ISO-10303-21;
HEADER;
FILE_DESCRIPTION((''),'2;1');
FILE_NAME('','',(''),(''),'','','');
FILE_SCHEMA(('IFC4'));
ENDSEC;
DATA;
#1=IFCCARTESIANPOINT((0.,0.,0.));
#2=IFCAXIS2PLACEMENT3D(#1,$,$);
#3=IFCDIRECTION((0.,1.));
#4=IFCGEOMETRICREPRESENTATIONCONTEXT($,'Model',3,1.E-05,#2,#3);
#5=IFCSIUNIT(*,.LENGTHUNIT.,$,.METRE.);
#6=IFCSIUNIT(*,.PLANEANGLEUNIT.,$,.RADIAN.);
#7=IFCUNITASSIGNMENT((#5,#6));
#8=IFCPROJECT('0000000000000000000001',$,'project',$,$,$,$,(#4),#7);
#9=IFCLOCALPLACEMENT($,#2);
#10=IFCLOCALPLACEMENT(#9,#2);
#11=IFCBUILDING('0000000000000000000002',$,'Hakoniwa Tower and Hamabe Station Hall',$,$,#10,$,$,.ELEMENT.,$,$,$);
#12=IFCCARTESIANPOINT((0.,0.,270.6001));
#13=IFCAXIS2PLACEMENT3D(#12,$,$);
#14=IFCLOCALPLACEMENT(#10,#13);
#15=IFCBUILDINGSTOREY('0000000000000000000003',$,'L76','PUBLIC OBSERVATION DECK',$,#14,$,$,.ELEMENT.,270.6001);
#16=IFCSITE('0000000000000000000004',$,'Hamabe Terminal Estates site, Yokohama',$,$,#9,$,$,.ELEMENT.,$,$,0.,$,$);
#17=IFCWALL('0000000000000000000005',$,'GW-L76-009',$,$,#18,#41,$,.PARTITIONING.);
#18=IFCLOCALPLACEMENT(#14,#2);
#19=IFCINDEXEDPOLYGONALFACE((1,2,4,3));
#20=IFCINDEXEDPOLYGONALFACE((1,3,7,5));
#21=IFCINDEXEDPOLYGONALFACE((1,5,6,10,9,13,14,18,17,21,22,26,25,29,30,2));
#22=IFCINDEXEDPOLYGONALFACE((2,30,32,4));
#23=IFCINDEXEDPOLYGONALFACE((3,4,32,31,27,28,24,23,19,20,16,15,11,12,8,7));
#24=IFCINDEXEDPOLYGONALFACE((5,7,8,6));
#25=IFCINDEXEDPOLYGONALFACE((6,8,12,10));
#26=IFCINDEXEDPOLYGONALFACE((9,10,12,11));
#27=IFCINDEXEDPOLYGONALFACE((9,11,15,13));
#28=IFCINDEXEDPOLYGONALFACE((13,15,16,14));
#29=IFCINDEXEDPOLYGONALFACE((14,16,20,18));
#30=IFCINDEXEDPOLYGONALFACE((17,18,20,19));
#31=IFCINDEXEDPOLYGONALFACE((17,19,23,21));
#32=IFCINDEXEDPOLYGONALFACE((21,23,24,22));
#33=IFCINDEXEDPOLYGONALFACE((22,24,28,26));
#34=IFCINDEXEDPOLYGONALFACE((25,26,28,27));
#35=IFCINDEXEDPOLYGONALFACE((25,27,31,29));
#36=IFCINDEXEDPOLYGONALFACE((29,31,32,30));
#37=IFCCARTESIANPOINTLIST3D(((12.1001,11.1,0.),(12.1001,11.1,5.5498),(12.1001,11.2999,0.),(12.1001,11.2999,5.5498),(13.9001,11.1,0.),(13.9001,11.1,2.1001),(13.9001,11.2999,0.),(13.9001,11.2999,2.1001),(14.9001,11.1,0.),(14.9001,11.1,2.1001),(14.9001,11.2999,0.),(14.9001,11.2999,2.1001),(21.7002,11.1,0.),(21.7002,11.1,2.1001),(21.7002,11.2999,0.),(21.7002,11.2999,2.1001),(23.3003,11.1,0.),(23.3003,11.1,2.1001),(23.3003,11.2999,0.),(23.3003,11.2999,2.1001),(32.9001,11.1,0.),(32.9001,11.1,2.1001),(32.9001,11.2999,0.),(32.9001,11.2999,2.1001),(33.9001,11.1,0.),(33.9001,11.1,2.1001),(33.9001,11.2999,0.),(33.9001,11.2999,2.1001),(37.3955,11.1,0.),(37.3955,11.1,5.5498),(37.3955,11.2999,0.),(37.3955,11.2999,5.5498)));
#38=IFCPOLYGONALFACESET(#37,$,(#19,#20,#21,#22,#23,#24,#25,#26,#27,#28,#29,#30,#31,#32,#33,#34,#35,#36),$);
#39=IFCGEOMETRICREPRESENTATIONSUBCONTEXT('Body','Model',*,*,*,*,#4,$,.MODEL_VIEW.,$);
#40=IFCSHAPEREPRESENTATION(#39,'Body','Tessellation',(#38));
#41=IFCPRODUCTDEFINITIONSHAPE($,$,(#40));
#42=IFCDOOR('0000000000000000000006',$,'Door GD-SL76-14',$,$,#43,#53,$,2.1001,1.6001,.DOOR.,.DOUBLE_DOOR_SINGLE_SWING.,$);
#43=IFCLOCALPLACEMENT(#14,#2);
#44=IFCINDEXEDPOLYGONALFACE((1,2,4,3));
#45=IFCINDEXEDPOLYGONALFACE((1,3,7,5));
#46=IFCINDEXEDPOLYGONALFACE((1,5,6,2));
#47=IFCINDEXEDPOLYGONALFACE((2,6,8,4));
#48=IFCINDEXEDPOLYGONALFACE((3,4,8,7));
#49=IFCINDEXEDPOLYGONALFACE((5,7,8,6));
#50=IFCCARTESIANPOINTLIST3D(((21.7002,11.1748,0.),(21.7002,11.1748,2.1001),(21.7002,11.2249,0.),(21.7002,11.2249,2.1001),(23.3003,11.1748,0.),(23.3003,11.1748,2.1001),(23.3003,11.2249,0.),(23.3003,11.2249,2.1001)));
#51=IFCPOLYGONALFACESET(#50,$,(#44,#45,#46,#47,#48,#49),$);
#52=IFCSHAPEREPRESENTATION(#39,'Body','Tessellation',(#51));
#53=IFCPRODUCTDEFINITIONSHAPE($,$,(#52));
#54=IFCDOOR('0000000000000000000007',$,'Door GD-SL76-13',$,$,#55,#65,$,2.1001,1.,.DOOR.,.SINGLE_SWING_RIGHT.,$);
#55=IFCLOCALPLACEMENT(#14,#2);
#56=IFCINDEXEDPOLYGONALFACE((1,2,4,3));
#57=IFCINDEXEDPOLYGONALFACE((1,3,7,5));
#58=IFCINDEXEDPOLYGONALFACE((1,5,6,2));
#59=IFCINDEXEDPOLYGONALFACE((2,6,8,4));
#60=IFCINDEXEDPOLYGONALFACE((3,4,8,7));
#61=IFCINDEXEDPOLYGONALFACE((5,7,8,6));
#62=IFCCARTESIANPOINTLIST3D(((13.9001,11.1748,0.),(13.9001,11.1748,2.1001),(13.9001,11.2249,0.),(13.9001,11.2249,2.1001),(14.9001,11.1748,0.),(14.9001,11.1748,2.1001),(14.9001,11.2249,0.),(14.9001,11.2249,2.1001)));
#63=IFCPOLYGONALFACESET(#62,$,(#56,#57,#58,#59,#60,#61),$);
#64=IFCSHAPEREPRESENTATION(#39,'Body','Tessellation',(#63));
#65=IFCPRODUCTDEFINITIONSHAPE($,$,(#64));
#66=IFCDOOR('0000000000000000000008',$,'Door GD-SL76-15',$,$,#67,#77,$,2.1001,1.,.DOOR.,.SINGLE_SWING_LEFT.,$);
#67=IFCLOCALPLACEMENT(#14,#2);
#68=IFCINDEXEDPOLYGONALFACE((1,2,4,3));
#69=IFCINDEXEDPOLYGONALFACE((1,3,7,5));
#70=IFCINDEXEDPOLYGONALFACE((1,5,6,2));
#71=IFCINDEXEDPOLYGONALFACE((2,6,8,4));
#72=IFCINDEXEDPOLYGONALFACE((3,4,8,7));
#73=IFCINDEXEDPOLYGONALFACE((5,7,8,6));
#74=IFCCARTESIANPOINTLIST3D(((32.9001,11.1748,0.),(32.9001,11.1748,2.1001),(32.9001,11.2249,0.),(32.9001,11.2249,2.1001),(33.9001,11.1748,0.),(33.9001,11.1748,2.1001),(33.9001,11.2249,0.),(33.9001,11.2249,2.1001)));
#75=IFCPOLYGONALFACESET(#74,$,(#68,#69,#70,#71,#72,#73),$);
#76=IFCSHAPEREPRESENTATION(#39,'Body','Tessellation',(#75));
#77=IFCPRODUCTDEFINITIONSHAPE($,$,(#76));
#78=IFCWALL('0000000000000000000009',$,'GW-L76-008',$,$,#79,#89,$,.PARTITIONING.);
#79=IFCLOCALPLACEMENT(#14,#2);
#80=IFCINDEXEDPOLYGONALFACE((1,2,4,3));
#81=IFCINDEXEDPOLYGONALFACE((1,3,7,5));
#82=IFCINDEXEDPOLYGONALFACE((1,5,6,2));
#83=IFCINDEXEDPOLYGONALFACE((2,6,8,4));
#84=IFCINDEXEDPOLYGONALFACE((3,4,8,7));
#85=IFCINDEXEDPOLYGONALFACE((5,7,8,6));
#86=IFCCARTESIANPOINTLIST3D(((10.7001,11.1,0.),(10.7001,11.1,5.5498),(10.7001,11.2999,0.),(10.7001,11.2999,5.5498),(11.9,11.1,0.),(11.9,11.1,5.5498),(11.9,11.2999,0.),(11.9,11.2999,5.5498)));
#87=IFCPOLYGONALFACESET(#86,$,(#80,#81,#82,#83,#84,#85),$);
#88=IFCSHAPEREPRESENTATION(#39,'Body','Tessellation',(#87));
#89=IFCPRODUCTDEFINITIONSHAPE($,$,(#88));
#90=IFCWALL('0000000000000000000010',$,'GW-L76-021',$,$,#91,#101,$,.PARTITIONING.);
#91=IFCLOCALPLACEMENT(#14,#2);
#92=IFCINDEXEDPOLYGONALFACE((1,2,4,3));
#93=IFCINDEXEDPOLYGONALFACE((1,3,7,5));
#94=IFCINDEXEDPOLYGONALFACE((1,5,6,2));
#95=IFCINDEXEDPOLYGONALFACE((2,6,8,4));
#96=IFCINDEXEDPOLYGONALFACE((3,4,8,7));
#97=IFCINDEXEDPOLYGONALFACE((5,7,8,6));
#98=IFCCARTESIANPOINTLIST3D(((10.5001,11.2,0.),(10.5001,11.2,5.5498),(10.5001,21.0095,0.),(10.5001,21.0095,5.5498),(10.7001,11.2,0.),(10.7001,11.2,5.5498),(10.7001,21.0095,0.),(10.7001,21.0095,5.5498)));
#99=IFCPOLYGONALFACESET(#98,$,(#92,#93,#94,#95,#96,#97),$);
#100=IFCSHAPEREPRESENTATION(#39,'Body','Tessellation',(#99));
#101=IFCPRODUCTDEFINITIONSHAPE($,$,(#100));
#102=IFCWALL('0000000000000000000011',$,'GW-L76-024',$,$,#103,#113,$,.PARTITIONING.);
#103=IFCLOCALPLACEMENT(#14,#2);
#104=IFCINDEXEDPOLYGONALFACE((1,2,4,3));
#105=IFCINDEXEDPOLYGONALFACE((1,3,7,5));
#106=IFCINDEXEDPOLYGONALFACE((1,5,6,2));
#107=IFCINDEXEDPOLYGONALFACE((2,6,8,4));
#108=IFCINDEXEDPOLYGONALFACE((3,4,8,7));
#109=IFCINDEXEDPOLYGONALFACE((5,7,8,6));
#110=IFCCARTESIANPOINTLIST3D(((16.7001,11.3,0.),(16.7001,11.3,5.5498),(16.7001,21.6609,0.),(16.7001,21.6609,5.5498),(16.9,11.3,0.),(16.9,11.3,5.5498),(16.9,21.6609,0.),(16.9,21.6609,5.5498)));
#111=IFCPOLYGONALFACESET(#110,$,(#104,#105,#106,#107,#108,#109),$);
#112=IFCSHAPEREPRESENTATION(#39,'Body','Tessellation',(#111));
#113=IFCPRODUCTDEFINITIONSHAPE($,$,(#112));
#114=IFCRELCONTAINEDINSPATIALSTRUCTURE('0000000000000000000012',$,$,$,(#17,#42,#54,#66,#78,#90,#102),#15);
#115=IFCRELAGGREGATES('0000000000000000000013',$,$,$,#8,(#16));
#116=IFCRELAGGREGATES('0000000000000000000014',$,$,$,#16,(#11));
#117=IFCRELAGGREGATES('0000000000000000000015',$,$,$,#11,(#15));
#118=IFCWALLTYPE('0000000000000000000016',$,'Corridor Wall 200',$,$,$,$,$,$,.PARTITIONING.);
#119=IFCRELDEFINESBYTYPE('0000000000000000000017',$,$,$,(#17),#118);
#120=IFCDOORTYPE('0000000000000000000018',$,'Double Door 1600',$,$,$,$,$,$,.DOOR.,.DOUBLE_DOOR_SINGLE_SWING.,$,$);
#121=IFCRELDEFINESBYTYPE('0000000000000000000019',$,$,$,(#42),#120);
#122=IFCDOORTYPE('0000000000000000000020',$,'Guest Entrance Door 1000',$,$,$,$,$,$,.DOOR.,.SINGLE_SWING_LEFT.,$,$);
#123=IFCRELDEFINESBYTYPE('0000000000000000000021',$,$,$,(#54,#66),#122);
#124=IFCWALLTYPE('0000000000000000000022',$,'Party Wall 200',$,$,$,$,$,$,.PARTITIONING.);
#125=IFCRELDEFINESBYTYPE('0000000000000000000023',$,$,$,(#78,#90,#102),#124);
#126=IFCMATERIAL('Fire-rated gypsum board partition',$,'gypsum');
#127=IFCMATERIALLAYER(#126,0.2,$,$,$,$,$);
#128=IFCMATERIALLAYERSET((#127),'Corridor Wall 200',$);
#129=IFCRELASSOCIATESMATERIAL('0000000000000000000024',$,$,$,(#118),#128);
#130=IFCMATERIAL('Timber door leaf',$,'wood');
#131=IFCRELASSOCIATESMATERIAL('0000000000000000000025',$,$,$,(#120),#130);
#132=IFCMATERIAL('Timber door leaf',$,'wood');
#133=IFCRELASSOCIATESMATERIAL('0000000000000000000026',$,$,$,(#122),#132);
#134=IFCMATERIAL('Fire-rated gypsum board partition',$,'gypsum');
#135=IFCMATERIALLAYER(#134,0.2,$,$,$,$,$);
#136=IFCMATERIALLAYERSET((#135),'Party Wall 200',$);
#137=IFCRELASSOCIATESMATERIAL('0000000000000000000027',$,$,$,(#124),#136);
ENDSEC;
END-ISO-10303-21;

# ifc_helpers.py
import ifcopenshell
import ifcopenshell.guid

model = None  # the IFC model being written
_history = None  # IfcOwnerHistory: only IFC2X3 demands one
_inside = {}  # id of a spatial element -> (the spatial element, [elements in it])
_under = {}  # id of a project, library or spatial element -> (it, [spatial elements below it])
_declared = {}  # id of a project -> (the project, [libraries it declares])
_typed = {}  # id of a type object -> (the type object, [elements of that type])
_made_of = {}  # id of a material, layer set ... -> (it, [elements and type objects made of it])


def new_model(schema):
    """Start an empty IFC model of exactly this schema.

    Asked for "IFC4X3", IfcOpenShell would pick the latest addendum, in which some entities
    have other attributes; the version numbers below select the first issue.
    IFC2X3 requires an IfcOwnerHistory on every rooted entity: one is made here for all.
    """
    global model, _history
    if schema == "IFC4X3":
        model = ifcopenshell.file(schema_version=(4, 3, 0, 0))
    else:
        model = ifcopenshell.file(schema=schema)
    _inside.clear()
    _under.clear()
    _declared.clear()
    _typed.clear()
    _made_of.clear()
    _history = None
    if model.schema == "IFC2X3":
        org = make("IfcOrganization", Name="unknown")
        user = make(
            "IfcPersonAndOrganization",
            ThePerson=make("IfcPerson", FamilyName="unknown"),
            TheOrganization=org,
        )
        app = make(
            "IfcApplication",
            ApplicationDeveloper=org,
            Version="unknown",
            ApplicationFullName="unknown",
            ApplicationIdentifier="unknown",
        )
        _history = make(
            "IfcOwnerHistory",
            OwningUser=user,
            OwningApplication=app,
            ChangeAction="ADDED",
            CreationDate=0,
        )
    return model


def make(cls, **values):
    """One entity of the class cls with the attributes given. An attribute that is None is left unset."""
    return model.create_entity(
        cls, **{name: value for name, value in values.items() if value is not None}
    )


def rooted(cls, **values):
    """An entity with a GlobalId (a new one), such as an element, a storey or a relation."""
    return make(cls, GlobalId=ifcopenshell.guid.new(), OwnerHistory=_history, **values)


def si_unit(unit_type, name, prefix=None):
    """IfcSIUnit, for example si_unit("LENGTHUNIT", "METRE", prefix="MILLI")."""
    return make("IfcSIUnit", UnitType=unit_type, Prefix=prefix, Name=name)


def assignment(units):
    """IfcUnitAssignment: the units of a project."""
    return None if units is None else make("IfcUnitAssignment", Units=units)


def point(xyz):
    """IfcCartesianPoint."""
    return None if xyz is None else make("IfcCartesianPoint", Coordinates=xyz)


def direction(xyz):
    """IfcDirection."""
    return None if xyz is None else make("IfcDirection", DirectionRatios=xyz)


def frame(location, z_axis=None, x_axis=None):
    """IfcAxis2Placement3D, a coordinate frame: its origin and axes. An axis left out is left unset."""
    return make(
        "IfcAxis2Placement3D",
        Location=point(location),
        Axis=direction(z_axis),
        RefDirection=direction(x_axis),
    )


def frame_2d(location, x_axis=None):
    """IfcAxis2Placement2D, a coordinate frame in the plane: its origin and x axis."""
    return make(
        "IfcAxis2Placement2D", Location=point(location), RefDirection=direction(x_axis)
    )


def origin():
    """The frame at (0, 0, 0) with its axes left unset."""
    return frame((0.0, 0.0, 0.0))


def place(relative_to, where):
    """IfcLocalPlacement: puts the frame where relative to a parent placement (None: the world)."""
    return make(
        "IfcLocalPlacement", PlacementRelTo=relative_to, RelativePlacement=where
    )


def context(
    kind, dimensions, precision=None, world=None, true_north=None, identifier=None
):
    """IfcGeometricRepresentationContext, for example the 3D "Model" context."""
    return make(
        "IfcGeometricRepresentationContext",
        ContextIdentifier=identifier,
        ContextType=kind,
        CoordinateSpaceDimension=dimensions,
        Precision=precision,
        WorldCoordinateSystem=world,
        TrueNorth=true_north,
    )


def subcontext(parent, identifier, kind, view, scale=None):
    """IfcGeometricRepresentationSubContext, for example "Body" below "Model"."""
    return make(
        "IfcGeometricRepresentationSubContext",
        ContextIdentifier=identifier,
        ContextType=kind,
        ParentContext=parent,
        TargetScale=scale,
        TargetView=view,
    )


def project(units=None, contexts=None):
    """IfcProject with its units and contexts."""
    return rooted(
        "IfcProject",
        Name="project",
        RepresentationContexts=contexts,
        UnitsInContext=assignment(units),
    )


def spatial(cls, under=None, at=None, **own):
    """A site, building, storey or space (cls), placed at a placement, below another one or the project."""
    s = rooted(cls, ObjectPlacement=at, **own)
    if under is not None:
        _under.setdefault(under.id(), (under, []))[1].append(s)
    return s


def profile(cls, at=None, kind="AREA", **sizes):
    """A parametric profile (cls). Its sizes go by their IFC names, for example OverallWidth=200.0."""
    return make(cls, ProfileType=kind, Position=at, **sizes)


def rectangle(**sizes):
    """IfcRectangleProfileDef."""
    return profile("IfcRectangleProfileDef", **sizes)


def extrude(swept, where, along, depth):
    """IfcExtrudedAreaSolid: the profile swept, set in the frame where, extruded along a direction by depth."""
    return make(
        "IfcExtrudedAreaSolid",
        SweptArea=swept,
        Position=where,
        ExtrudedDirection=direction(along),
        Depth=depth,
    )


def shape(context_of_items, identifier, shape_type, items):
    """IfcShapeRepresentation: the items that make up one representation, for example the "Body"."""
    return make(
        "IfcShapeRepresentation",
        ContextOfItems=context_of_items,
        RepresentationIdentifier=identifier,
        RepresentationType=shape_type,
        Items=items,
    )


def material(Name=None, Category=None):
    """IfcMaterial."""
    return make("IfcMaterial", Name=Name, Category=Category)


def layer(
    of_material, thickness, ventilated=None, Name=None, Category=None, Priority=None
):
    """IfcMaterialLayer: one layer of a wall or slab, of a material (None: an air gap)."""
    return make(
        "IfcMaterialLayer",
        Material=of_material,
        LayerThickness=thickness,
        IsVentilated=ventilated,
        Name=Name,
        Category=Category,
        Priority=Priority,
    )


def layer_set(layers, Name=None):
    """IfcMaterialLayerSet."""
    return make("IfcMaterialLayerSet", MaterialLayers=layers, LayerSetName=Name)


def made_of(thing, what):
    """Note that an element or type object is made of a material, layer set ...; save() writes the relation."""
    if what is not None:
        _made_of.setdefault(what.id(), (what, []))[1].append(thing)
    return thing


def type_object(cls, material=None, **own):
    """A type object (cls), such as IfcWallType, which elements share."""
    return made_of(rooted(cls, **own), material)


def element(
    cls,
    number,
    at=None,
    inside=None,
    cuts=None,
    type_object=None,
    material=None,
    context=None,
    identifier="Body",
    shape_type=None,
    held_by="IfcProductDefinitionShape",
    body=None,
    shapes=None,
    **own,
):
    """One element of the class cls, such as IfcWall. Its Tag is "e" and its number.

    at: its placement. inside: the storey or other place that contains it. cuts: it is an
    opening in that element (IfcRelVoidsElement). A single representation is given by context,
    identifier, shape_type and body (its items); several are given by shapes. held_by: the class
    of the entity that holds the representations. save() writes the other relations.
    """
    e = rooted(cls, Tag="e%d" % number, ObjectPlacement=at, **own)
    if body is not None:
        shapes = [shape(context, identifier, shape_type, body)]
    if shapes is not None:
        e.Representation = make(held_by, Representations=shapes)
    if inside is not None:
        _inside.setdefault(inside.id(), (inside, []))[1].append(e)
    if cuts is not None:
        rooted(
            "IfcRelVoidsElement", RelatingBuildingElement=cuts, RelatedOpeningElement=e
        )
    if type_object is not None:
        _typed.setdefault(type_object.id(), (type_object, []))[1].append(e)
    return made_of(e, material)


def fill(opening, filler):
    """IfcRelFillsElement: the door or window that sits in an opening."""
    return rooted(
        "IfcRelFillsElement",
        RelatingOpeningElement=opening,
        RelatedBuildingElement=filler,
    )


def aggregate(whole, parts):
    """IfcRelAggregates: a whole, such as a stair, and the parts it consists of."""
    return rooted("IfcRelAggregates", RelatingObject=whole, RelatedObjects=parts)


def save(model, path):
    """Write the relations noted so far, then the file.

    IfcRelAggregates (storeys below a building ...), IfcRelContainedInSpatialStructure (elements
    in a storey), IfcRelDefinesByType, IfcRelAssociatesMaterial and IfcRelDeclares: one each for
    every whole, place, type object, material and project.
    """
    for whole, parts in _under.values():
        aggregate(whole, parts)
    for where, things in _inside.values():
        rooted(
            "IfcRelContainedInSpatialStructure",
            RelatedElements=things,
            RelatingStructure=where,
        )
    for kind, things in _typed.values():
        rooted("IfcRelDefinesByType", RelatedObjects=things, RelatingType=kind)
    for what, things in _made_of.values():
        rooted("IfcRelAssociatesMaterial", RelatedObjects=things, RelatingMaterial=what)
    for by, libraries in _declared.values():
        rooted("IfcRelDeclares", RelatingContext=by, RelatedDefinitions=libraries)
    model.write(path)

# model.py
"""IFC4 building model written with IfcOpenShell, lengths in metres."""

from ifc_helpers import new_model, si_unit, direction, frame, frame_2d, origin, place, context, subcontext, project, spatial, rectangle, extrude, material, layer, layer_set, type_object, element, fill, save


model = new_model("IFC4")

# Units and contexts
model_context = context("Model", 3, precision=1e-05, world=origin(), true_north=direction((0.0, 1.0)))
body_context = subcontext(model_context, "Body", "Model", "MODEL_VIEW")
ifc_project = project(units=[si_unit("LENGTHUNIT", "METRE"), si_unit("PLANEANGLEUNIT", "RADIAN")], contexts=[model_context])

# Site, building, storey
site_placement = place(None, origin())
site = spatial("IfcSite", under=ifc_project, at=site_placement, Name="Hamabe Terminal Estates site, Yokohama", CompositionType="ELEMENT", RefElevation=0.0)
building_placement = place(site_placement, origin())
building = spatial("IfcBuilding", under=site, at=building_placement, Name="Hakoniwa Tower and Hamabe Station Hall", CompositionType="ELEMENT")
storey_placement = place(building_placement, frame((0.0, 0.0, 270.6001)))
storey = spatial("IfcBuildingStorey", under=building, at=storey_placement, Name="L76", Description="PUBLIC OBSERVATION DECK", CompositionType="ELEMENT", Elevation=270.6001)

# Wall, openings, doors
ifc_material_1 = material(Name="Fire-rated gypsum board partition", Category="gypsum")
ifc_layer_1 = layer(ifc_material_1, 0.2)
ifc_layer_set_1 = layer_set([ifc_layer_1], Name="Corridor Wall 200")
wall_type_1 = type_object("IfcWallType", Name="Corridor Wall 200", PredefinedType="PARTITIONING", material=ifc_layer_set_1)
wall_1_placement = place(storey_placement, frame((12.1001, 11.2, 0.0), z_axis=(0.0, 0.0, 1.0), x_axis=(1.0, 0.0, 0.0)))
wall_1 = element("IfcWall", 1, at=wall_1_placement, inside=storey, type_object=wall_type_1, Name="GW-L76-009", PredefinedType="PARTITIONING", context=body_context, shape_type="SweptSolid", body=[
    extrude(rectangle(XDim=25.2954, YDim=0.2, at=frame_2d((12.6477, 0.0))), origin(), (0.0, 0.0, 1.0), 5.5498),
])
opening_1_placement = place(wall_1_placement, frame((1.8, 0.0, 0.0)))
opening_1 = element("IfcOpeningElement", 2, at=opening_1_placement, cuts=wall_1, PredefinedType="OPENING", context=body_context, shape_type="SweptSolid", body=[
    extrude(rectangle(XDim=1.0, YDim=2.1001, at=frame_2d((0.5, 1.05))), frame((0.0, 0.1099, 0.0), z_axis=(0.0, -1.0, 0.0), x_axis=(1.0, 0.0, 0.0)), (0.0, 0.0, 1.0), 0.22),
])
opening_2_placement = place(wall_1_placement, frame((9.6001, 0.0, 0.0)))
opening_2 = element("IfcOpeningElement", 3, at=opening_2_placement, cuts=wall_1, PredefinedType="OPENING", context=body_context, shape_type="SweptSolid", body=[
    extrude(rectangle(XDim=1.6001, YDim=2.1001, at=frame_2d((0.8, 1.05))), frame((0.0, 0.1099, 0.0), z_axis=(0.0, -1.0, 0.0), x_axis=(1.0, 0.0, 0.0)), (0.0, 0.0, 1.0), 0.22),
])
opening_3_placement = place(wall_1_placement, frame((20.8, 0.0, 0.0)))
opening_3 = element("IfcOpeningElement", 4, at=opening_3_placement, cuts=wall_1, PredefinedType="OPENING", context=body_context, shape_type="SweptSolid", body=[
    extrude(rectangle(XDim=1.0, YDim=2.1001, at=frame_2d((0.5, 1.05))), frame((0.0, 0.1099, 0.0), z_axis=(0.0, -1.0, 0.0), x_axis=(1.0, 0.0, 0.0)), (0.0, 0.0, 1.0), 0.22),
])
ifc_material_2 = material(Name="Timber door leaf", Category="wood")
door_type_1 = type_object("IfcDoorType", Name="Double Door 1600", OperationType="DOUBLE_DOOR_SINGLE_SWING", PredefinedType="DOOR", material=ifc_material_2)
door_1_placement = place(opening_2_placement, origin())
door_1 = element("IfcDoor", 5, at=door_1_placement, inside=storey, type_object=door_type_1, Name="Door GD-SL76-14", OperationType="DOUBLE_DOOR_SINGLE_SWING", OverallHeight=2.1001, OverallWidth=1.6001, PredefinedType="DOOR", context=body_context, shape_type="SweptSolid", body=[
    extrude(rectangle(XDim=1.6001, YDim=2.1001, at=frame_2d((0.8, 1.05))), frame((0.0, 0.0249, 0.0), z_axis=(0.0, -1.0, 0.0), x_axis=(1.0, 0.0, 0.0)), (0.0, 0.0, 1.0), 0.05),
])
fill(opening_2, door_1)
ifc_material_3 = material(Name="Timber door leaf", Category="wood")
door_type_2 = type_object("IfcDoorType", Name="Guest Entrance Door 1000", OperationType="SINGLE_SWING_LEFT", PredefinedType="DOOR", material=ifc_material_3)
door_2_placement = place(opening_1_placement, origin())
door_2 = element("IfcDoor", 6, at=door_2_placement, inside=storey, type_object=door_type_2, Name="Door GD-SL76-13", OperationType="SINGLE_SWING_RIGHT", OverallHeight=2.1001, OverallWidth=1.0, PredefinedType="DOOR", context=body_context, shape_type="SweptSolid", body=[
    extrude(rectangle(XDim=1.0, YDim=2.1001, at=frame_2d((0.5, 1.05))), frame((0.0, 0.0249, 0.0), z_axis=(0.0, -1.0, 0.0), x_axis=(1.0, 0.0, 0.0)), (0.0, 0.0, 1.0), 0.05),
])
fill(opening_1, door_2)
door_3_placement = place(opening_3_placement, origin())
door_3 = element("IfcDoor", 7, at=door_3_placement, inside=storey, type_object=door_type_2, Name="Door GD-SL76-15", OperationType="SINGLE_SWING_LEFT", OverallHeight=2.1001, OverallWidth=1.0, PredefinedType="DOOR", context=body_context, shape_type="SweptSolid", body=[
    extrude(rectangle(XDim=1.0, YDim=2.1001, at=frame_2d((0.5, 1.05))), frame((0.0, 0.0249, 0.0), z_axis=(0.0, -1.0, 0.0), x_axis=(1.0, 0.0, 0.0)), (0.0, 0.0, 1.0), 0.05),
])
fill(opening_3, door_3)

# Walls
ifc_material_4 = material(Name="Fire-rated gypsum board partition", Category="gypsum")
ifc_layer_2 = layer(ifc_material_4, 0.2)
ifc_layer_set_2 = layer_set([ifc_layer_2], Name="Party Wall 200")
wall_type_2 = type_object("IfcWallType", Name="Party Wall 200", PredefinedType="PARTITIONING", material=ifc_layer_set_2)
wall_2_placement = place(storey_placement, frame((10.7, 11.2, 0.0), z_axis=(0.0, 0.0, 1.0), x_axis=(1.0, 0.0, 0.0)))
element("IfcWall", 8, at=wall_2_placement, inside=storey, type_object=wall_type_2, Name="GW-L76-008", PredefinedType="PARTITIONING", context=body_context, shape_type="SweptSolid", body=[
    extrude(rectangle(XDim=1.2, YDim=0.2, at=frame_2d((0.6001, 0.0))), origin(), (0.0, 0.0, 1.0), 5.5498),
])
wall_3_placement = place(storey_placement, frame((10.6001, 11.2, 0.0), z_axis=(0.0, 0.0, 1.0), x_axis=(0.0, 1.0, 0.0)))
element("IfcWall", 9, at=wall_3_placement, inside=storey, type_object=wall_type_2, Name="GW-L76-021", PredefinedType="PARTITIONING", context=body_context, shape_type="SweptSolid", body=[
    extrude(rectangle(XDim=9.8096, YDim=0.2, at=frame_2d((4.9048, 0.0))), origin(), (0.0, 0.0, 1.0), 5.5498),
])
wall_4_placement = place(storey_placement, frame((16.8, 11.3, 0.0), z_axis=(0.0, 0.0, 1.0), x_axis=(0.0, 1.0, 0.0)))
element("IfcWall", 10, at=wall_4_placement, inside=storey, type_object=wall_type_2, Name="GW-L76-024", PredefinedType="PARTITIONING", context=body_context, shape_type="SweptSolid", body=[
    extrude(rectangle(XDim=10.3608, YDim=0.2, at=frame_2d((5.1804, 0.0))), origin(), (0.0, 0.0, 1.0), 5.5498),
])

save(model, "model.ifc")
